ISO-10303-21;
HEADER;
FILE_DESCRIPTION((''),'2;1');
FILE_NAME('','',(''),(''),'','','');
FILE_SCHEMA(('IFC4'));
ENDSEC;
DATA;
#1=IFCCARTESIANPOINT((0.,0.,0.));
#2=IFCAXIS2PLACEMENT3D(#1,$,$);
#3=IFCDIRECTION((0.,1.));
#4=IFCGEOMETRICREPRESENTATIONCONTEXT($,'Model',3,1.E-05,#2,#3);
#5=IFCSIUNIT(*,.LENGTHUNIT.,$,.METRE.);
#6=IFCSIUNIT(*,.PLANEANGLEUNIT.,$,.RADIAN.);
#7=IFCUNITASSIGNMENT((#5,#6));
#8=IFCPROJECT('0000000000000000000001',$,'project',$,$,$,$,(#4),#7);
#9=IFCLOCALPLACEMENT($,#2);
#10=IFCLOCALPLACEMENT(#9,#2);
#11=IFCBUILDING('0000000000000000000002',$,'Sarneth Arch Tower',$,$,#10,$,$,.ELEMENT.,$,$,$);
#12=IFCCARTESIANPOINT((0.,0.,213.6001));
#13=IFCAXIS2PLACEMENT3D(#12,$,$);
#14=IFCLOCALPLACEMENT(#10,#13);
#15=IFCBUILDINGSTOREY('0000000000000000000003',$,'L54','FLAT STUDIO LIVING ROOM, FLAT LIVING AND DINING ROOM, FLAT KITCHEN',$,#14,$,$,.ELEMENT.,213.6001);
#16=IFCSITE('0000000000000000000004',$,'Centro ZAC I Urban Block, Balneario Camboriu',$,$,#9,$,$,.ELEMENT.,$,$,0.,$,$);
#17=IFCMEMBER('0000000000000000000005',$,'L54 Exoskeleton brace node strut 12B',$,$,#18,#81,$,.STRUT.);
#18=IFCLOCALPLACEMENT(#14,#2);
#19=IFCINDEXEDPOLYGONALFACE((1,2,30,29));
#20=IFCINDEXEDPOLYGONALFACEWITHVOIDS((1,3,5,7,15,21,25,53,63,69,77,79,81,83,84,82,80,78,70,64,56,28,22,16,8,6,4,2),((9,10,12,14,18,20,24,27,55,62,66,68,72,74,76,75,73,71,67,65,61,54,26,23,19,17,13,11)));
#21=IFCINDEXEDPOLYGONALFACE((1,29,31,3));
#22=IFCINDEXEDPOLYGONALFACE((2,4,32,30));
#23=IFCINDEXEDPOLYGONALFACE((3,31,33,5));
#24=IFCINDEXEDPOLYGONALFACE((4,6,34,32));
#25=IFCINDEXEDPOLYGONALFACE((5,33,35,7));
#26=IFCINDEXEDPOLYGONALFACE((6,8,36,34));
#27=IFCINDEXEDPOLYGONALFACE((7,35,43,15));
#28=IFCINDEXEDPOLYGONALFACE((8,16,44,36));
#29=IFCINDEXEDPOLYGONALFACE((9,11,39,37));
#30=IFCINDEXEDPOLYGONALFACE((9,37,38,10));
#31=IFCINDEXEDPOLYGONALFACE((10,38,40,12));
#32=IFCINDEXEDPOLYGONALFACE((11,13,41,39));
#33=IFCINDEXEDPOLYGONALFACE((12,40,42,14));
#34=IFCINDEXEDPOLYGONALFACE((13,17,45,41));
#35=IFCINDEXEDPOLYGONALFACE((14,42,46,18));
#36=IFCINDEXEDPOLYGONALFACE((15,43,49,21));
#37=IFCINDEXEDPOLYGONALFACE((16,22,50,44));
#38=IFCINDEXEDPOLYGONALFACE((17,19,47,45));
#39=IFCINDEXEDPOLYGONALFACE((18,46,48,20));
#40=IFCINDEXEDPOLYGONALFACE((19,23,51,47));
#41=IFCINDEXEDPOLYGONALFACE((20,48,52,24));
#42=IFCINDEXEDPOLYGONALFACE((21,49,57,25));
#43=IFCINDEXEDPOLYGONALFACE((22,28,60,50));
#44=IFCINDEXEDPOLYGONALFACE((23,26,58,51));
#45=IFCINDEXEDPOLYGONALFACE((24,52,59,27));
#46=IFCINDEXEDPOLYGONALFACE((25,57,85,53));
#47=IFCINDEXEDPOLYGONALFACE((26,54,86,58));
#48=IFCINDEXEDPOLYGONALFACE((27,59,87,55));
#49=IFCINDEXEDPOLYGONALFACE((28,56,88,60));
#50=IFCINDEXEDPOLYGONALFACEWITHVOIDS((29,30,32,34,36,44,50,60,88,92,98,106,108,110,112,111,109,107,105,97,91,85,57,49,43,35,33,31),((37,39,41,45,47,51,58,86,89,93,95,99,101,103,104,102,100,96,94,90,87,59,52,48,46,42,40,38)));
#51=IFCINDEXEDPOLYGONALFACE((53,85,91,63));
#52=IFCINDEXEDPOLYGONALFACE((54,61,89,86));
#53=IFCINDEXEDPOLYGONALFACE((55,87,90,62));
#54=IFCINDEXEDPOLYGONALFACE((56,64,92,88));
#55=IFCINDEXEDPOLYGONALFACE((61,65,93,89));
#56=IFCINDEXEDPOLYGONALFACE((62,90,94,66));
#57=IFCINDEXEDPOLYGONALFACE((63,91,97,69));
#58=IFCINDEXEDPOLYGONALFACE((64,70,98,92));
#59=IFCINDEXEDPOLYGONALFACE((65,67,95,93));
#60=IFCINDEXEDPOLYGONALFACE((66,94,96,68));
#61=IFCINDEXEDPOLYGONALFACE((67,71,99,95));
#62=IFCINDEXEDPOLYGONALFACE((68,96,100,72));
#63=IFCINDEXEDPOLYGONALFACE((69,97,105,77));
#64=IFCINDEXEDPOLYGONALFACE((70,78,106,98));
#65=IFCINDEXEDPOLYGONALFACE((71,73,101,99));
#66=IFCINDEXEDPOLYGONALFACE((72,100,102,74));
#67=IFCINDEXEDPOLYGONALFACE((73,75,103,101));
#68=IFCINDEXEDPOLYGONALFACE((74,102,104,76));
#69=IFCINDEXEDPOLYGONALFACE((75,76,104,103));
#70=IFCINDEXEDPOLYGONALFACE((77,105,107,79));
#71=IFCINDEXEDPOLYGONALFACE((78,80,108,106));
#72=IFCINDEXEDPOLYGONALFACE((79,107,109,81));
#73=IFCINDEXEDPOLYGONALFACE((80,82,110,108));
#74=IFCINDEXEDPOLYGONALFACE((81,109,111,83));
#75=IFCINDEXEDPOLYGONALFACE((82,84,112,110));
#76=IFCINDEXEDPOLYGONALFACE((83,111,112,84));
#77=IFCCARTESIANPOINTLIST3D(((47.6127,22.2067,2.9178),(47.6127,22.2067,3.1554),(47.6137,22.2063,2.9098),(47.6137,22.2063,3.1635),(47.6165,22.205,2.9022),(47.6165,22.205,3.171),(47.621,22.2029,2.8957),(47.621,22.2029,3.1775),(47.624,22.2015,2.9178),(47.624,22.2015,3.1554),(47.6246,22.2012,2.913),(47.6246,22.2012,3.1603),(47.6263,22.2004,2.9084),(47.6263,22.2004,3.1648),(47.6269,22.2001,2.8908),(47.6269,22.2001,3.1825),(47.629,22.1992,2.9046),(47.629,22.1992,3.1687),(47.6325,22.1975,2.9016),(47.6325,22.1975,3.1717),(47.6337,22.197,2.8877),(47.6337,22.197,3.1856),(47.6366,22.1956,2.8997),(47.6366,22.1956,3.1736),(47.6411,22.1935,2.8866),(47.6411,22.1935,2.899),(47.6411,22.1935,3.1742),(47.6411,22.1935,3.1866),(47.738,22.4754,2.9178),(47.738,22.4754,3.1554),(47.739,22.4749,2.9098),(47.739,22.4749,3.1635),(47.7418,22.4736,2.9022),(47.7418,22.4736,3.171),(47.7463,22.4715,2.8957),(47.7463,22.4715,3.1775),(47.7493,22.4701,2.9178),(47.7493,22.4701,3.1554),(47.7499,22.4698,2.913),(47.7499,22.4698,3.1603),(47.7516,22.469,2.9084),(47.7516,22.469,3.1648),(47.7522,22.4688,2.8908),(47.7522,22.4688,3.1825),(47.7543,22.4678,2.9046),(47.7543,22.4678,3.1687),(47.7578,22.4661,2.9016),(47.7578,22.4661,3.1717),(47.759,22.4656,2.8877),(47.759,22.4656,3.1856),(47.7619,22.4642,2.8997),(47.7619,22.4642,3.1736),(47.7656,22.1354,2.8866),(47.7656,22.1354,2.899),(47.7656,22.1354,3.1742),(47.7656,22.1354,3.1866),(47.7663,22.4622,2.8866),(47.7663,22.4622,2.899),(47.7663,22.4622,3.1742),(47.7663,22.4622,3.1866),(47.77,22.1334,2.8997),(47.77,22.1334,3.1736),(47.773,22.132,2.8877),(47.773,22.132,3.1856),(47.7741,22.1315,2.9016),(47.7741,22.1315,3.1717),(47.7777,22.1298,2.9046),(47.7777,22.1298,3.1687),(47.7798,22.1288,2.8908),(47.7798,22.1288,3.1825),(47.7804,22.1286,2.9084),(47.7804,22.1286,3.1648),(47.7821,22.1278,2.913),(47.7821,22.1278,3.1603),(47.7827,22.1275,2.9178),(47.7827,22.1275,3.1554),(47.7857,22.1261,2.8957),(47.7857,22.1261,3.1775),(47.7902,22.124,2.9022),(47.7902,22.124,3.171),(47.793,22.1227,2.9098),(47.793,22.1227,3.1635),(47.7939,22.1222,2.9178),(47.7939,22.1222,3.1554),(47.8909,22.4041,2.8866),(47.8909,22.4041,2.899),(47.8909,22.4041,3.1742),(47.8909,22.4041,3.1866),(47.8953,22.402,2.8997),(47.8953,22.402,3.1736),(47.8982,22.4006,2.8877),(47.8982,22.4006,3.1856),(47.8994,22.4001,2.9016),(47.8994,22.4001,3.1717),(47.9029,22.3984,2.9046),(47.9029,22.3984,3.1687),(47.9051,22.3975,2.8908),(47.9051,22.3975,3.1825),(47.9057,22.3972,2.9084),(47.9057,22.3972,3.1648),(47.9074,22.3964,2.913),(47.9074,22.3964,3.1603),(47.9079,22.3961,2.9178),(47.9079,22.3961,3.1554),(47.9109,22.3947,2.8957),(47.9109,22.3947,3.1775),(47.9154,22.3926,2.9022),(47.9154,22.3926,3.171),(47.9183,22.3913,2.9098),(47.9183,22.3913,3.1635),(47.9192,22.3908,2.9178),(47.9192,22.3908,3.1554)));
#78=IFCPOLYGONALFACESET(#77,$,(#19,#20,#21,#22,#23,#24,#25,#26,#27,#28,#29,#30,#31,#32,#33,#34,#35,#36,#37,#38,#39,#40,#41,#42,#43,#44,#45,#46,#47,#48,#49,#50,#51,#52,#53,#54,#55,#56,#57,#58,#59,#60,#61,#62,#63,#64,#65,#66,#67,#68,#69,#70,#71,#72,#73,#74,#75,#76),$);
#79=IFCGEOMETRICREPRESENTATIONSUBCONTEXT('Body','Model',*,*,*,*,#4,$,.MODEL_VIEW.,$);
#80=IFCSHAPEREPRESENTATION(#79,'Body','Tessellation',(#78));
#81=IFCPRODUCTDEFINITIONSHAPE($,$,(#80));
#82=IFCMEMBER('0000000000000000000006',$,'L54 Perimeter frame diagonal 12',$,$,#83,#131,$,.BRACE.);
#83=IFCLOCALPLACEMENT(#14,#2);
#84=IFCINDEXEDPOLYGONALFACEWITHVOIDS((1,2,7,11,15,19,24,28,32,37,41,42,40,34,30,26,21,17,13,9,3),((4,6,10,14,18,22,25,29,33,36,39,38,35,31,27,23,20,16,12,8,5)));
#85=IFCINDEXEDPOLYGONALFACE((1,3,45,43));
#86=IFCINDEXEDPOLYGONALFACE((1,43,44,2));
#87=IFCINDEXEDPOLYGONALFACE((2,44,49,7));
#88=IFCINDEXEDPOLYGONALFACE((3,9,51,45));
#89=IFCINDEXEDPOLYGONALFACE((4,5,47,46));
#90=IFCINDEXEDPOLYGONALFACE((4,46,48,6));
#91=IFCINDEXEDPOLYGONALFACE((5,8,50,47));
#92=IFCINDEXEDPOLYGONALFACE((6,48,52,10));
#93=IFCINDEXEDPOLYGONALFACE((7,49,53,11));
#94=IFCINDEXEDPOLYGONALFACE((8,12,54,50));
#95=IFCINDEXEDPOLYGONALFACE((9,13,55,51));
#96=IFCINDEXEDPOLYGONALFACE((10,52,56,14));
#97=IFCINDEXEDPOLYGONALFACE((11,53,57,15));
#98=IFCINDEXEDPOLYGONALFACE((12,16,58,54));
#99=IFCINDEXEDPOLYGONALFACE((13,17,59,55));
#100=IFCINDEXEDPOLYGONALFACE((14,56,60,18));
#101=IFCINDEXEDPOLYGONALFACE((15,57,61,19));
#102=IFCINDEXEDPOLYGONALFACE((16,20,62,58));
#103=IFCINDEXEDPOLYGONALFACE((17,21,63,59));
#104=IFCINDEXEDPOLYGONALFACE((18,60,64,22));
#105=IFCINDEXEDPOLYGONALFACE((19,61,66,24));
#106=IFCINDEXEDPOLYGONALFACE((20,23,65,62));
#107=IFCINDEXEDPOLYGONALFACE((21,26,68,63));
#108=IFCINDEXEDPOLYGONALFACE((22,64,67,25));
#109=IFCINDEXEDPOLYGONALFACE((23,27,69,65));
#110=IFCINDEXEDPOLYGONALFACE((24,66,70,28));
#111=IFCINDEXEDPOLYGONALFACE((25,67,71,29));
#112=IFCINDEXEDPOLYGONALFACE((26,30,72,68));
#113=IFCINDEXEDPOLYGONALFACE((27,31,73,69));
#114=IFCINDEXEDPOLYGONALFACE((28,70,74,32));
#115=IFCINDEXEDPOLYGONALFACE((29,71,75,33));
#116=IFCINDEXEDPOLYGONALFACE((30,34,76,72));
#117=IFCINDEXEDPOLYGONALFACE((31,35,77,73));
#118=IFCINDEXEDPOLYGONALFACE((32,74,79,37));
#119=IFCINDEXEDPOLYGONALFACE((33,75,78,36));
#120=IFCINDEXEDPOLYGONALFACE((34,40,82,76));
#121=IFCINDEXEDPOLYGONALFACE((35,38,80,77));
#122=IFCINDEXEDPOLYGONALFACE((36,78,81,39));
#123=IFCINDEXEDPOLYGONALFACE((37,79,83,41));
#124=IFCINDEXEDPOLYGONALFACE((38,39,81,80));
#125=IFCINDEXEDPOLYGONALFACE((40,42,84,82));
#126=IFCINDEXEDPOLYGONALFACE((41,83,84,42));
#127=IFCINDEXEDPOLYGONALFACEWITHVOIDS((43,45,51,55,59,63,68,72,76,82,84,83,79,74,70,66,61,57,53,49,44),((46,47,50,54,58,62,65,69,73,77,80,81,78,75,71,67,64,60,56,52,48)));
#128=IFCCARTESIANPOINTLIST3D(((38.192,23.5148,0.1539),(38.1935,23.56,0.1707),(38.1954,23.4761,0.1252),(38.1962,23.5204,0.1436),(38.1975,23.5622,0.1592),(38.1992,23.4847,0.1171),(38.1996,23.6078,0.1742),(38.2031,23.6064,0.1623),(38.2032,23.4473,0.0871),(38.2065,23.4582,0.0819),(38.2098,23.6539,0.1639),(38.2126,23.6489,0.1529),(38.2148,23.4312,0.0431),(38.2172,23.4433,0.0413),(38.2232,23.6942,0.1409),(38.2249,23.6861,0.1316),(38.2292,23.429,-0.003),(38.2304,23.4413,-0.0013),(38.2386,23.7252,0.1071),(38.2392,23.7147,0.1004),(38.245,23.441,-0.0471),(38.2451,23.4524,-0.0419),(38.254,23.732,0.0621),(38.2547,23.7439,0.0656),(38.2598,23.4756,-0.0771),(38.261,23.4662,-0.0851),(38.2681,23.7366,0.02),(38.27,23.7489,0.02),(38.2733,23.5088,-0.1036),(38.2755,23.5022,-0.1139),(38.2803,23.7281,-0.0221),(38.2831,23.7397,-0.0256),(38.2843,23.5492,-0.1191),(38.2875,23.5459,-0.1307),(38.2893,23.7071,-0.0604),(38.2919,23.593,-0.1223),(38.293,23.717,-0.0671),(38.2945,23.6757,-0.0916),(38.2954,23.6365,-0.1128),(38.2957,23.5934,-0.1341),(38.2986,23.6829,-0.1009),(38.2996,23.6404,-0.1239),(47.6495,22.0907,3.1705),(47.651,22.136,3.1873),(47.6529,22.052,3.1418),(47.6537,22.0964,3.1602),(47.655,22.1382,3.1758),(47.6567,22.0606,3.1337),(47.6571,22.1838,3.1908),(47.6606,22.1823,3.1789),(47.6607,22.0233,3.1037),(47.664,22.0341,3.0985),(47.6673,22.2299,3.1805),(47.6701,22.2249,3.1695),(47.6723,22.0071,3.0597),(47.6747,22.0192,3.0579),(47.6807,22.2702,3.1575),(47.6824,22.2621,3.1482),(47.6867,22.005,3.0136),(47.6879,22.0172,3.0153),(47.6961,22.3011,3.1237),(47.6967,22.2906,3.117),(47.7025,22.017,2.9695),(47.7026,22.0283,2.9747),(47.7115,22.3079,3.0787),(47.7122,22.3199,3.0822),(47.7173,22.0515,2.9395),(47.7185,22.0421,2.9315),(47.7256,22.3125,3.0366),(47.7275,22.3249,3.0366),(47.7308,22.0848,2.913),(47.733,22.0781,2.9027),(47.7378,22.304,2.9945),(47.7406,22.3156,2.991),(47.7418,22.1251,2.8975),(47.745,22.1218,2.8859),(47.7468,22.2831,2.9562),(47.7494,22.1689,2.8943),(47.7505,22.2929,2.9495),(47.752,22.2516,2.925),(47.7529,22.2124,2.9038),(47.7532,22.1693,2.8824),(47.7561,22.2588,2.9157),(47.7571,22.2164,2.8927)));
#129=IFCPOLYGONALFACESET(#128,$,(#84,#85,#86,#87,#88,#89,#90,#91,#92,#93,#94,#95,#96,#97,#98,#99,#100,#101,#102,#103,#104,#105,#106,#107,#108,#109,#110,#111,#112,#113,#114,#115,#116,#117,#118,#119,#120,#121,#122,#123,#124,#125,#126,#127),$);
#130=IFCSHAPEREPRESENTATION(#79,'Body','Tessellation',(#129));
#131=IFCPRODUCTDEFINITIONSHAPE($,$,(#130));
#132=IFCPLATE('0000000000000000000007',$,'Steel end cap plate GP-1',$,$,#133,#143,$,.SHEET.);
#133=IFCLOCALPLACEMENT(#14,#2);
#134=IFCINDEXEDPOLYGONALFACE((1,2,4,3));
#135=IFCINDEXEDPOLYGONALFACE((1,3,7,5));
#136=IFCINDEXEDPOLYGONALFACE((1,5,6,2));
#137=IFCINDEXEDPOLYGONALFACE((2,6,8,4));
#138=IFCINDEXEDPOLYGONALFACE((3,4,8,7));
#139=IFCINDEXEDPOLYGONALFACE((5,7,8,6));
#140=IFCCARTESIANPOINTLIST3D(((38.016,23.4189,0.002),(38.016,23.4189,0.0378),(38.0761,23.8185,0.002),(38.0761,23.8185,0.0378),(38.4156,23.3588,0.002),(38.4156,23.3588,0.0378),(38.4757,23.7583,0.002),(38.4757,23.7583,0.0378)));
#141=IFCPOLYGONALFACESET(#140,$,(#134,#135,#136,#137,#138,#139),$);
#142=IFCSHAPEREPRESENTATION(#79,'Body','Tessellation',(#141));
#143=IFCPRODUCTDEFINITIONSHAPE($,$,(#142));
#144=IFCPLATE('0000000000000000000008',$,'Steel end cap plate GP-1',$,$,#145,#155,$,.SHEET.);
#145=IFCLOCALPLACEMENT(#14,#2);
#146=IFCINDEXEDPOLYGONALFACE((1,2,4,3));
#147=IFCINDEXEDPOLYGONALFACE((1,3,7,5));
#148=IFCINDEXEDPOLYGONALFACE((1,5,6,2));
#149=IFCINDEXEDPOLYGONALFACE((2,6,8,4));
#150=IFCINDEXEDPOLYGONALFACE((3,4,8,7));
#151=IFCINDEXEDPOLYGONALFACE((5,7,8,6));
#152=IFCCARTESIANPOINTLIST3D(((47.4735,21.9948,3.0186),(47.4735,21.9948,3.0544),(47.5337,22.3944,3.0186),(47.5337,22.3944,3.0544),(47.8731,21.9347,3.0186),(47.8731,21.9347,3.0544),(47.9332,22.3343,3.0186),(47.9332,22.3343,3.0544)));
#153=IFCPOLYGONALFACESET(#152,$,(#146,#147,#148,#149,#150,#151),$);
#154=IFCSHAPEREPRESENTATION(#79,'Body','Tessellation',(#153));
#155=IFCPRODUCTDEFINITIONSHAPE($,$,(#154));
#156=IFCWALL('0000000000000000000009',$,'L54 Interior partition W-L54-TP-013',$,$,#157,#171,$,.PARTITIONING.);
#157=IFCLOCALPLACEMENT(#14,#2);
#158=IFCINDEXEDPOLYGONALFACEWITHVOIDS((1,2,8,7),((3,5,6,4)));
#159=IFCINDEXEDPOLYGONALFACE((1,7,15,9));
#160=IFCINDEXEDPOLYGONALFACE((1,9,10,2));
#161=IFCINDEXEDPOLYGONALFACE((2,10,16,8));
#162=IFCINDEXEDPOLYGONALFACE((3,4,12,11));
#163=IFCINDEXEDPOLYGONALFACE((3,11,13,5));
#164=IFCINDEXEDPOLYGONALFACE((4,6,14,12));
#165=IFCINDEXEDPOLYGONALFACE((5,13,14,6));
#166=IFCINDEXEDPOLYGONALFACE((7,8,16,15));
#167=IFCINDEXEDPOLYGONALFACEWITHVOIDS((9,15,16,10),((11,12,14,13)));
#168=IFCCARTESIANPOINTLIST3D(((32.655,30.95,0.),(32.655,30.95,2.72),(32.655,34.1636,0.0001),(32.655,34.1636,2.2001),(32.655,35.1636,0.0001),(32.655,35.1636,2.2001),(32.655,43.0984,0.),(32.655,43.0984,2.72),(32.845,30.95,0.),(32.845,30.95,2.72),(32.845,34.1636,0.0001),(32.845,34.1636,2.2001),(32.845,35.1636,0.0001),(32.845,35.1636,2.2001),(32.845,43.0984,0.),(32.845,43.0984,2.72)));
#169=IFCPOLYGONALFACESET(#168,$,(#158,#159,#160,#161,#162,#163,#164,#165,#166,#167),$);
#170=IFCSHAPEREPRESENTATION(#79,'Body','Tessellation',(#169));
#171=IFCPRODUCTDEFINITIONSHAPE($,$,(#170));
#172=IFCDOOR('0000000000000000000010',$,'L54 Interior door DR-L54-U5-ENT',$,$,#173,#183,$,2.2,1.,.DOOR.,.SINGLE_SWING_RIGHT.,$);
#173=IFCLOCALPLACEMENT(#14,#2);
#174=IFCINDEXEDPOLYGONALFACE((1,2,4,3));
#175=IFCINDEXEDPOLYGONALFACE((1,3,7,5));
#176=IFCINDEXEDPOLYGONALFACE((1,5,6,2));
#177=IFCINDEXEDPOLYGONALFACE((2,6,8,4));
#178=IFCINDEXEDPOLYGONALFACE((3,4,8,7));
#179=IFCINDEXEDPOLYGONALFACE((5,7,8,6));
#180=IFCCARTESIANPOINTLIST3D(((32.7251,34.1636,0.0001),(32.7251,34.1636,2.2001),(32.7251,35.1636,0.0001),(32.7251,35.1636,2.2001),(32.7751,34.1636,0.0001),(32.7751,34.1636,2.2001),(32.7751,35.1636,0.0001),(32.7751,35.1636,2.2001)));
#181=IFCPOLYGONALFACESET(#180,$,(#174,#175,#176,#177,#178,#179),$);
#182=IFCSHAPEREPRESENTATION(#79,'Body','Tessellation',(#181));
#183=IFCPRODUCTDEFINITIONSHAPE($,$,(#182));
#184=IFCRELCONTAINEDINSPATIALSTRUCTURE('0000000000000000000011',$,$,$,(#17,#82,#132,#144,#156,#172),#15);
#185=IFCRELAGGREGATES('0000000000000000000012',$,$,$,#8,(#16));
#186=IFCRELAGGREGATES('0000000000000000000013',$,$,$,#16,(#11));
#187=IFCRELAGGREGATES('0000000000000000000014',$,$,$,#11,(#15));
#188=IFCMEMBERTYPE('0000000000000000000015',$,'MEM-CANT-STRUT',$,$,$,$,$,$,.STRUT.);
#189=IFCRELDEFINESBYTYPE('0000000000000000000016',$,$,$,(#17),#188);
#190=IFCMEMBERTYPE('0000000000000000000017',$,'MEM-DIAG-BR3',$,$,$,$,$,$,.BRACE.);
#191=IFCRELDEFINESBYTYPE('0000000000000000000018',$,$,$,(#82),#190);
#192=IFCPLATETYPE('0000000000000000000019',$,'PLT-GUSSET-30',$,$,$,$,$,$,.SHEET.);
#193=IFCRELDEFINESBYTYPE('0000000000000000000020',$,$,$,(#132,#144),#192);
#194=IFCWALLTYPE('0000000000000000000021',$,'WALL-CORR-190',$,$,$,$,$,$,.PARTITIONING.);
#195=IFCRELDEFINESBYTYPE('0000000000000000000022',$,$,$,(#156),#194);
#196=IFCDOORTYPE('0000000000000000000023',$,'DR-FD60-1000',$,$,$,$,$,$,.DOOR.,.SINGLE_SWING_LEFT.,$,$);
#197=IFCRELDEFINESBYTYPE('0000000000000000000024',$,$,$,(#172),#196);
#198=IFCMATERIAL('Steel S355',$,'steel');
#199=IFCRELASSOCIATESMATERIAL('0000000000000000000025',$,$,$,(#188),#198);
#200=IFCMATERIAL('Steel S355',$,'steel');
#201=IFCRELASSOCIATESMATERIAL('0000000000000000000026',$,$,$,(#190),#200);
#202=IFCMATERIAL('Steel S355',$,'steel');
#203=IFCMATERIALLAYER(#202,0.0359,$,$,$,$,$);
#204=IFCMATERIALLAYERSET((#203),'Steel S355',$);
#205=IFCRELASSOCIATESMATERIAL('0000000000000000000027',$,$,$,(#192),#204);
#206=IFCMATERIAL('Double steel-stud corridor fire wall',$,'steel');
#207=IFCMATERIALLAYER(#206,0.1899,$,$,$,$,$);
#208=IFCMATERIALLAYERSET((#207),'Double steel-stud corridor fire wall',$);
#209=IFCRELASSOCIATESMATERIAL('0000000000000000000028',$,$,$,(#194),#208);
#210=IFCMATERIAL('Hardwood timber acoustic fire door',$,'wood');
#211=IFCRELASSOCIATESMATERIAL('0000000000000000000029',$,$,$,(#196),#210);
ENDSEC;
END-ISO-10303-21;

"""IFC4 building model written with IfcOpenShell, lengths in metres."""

from ifc_helpers import new_model, si_unit, direction, frame, frame_2d, origin, origin_2d, place, context, subcontext, project, spatial, rectangle, hollow_rectangle, hollow_circle, extrude, material, layer, layer_set, material_profile, profile_set, type_object, element, fill, save


model = new_model("IFC4")

# Units and contexts
model_context = context("Model", 3, precision=1e-05, world=origin(), true_north=direction((0.0, 1.0)))
body_context = subcontext(model_context, "Body", "Model", "MODEL_VIEW")
ifc_project = project(units=[si_unit("LENGTHUNIT", "METRE"), si_unit("PLANEANGLEUNIT", "RADIAN")], contexts=[model_context])

# Site, building, storey
site_placement = place(None, origin())
site = spatial("IfcSite", under=ifc_project, at=site_placement, Name="Centro ZAC I Urban Block, Balneario Camboriu", CompositionType="ELEMENT", RefElevation=0.0)
building_placement = place(site_placement, origin())
building = spatial("IfcBuilding", under=site, at=building_placement, Name="Sarneth Arch Tower", CompositionType="ELEMENT")
storey_placement = place(building_placement, frame((0.0, 0.0, 213.6001)))
storey = spatial("IfcBuildingStorey", under=building, at=storey_placement, Name="L54", Description="FLAT STUDIO LIVING ROOM, FLAT LIVING AND DINING ROOM, FLAT KITCHEN", CompositionType="ELEMENT", Elevation=213.6001)

# Members
ifc_material_1 = material(Name="Steel S355", Category="steel")
ifc_material_profile_1 = material_profile(ifc_material_1, hollow_rectangle(XDim=0.2, YDim=0.3, WallThickness=0.0125, InnerFilletRadius=0.0188, OuterFilletRadius=0.0312, at=origin_2d()), Name="RHS300x200x12.5")
ifc_profile_set_1 = profile_set([ifc_material_profile_1], Name="Steel S355")
member_type_1 = type_object("IfcMemberType", Name="MEM-CANT-STRUT", PredefinedType="STRUT", material=ifc_profile_set_1)
member_1_placement = place(storey_placement, frame((47.8286, 22.4331, 3.0366), z_axis=(-0.42266, -0.906288, 0.0), x_axis=(0.906288, -0.42266, 0.0)))
element("IfcMember", 1, at=member_1_placement, inside=storey, type_object=member_type_1, Name="L54 Exoskeleton brace node strut 12B", PredefinedType="STRUT", context=body_context, shape_type="SweptSolid", body=[
    extrude(hollow_rectangle(XDim=0.2, YDim=0.3, WallThickness=0.0125, InnerFilletRadius=0.0188, OuterFilletRadius=0.0312, at=origin_2d()), origin(), (0.0, 0.0, 1.0), 0.2964),
])
ifc_material_2 = material(Name="Steel S355", Category="steel")
ifc_material_profile_2 = material_profile(ifc_material_2, hollow_circle(Radius=0.1621, WallThickness=0.0125, at=origin_2d()), Name="CHS324x12.5")
ifc_profile_set_2 = profile_set([ifc_material_profile_2], Name="Steel S355")
member_type_2 = type_object("IfcMemberType", Name="MEM-DIAG-BR3", PredefinedType="BRACE", material=ifc_profile_set_2)
member_2_placement = place(storey_placement, frame((38.2458, 23.5886, 0.02), z_axis=(0.943056, -0.142001, 0.3008), x_axis=(0.148897, 0.988853, 0.0)))
element("IfcMember", 2, at=member_2_placement, inside=storey, type_object=member_type_2, Name="L54 Perimeter frame diagonal 12", PredefinedType="BRACE", context=body_context, shape_type="SweptSolid", body=[
    extrude(hollow_circle(Radius=0.1621, WallThickness=0.0125, at=origin_2d()), origin(), (0.0, 0.0, 1.0), 10.0286),
])

# Plates
ifc_material_3 = material(Name="Steel S355", Category="steel")
ifc_layer_1 = layer(ifc_material_3, 0.0359)
ifc_layer_set_1 = layer_set([ifc_layer_1], Name="Steel S355")
plate_type = type_object("IfcPlateType", Name="PLT-GUSSET-30", PredefinedType="SHEET", material=ifc_layer_set_1)
for number, where, z_axis, x_axis, name in (
    (3, (38.2458, 23.5886, 0.002), (0.0, 0.0, 1.0), (0.988861, -0.148845, 0.0), "Steel end cap plate GP-1"),
    (4, (47.7034, 22.1646, 3.0186), (0.0, 0.0, 1.0), (0.988861, -0.148845, 0.0), "Steel end cap plate GP-1"),
):
    element("IfcPlate", number, at=place(storey_placement, frame(where, z_axis=z_axis, x_axis=x_axis)), inside=storey, type_object=plate_type, Name=name, PredefinedType="SHEET", context=body_context, shape_type="SweptSolid", body=[
        extrude(rectangle(XDim=0.4041, YDim=0.4041, at=origin_2d()), origin(), (0.0, 0.0, 1.0), 0.0359),
    ])

# Wall, opening, door
ifc_material_4 = material(Name="Double steel-stud corridor fire wall", Category="steel")
ifc_layer_2 = layer(ifc_material_4, 0.1899)
ifc_layer_set_2 = layer_set([ifc_layer_2], Name="Double steel-stud corridor fire wall")
wall_type_1 = type_object("IfcWallType", Name="WALL-CORR-190", PredefinedType="PARTITIONING", material=ifc_layer_set_2)
wall_1_placement = place(storey_placement, frame((32.75, 30.95, 0.0), z_axis=(0.0, 0.0, 1.0), x_axis=(0.0, 1.0, 0.0)))
wall_1 = element("IfcWall", 5, at=wall_1_placement, inside=storey, type_object=wall_type_1, Name="L54 Interior partition W-L54-TP-013", PredefinedType="PARTITIONING", context=body_context, shape_type="SweptSolid", body=[
    extrude(rectangle(XDim=12.1484, YDim=0.1899, at=frame_2d((6.0742, 0.0))), origin(), (0.0, 0.0, 1.0), 2.72),
])
opening_1_placement = place(wall_1_placement, frame((3.2136, 0.0, 0.0)))
opening_1 = element("IfcOpeningElement", 6, at=opening_1_placement, cuts=wall_1, PredefinedType="OPENING", context=body_context, shape_type="SweptSolid", body=[
    extrude(rectangle(XDim=1.0, YDim=2.2, at=frame_2d((0.5, 1.1001))), frame((0.0, 0.105, 0.0), z_axis=(0.0, -1.0, 0.0), x_axis=(1.0, 0.0, 0.0)), (0.0, 0.0, 1.0), 0.21),
])
ifc_material_5 = material(Name="Hardwood timber acoustic fire door", Category="wood")
door_type = type_object("IfcDoorType", Name="DR-FD60-1000", OperationType="SINGLE_SWING_LEFT", PredefinedType="DOOR", material=ifc_material_5)
door_placement = place(opening_1_placement, origin())
door = element("IfcDoor", 7, at=door_placement, inside=storey, type_object=door_type, Name="L54 Interior door DR-L54-U5-ENT", OperationType="SINGLE_SWING_RIGHT", OverallHeight=2.2, OverallWidth=1.0, PredefinedType="DOOR", context=body_context, shape_type="SweptSolid", body=[
    extrude(rectangle(XDim=1.0, YDim=2.2, at=frame_2d((0.5, 1.1001))), frame((0.0, 0.0249, 0.0), z_axis=(0.0, -1.0, 0.0), x_axis=(1.0, 0.0, 0.0)), (0.0, 0.0, 1.0), 0.05),
])
fill(opening_1, door)

save(model, "model.ifc")
